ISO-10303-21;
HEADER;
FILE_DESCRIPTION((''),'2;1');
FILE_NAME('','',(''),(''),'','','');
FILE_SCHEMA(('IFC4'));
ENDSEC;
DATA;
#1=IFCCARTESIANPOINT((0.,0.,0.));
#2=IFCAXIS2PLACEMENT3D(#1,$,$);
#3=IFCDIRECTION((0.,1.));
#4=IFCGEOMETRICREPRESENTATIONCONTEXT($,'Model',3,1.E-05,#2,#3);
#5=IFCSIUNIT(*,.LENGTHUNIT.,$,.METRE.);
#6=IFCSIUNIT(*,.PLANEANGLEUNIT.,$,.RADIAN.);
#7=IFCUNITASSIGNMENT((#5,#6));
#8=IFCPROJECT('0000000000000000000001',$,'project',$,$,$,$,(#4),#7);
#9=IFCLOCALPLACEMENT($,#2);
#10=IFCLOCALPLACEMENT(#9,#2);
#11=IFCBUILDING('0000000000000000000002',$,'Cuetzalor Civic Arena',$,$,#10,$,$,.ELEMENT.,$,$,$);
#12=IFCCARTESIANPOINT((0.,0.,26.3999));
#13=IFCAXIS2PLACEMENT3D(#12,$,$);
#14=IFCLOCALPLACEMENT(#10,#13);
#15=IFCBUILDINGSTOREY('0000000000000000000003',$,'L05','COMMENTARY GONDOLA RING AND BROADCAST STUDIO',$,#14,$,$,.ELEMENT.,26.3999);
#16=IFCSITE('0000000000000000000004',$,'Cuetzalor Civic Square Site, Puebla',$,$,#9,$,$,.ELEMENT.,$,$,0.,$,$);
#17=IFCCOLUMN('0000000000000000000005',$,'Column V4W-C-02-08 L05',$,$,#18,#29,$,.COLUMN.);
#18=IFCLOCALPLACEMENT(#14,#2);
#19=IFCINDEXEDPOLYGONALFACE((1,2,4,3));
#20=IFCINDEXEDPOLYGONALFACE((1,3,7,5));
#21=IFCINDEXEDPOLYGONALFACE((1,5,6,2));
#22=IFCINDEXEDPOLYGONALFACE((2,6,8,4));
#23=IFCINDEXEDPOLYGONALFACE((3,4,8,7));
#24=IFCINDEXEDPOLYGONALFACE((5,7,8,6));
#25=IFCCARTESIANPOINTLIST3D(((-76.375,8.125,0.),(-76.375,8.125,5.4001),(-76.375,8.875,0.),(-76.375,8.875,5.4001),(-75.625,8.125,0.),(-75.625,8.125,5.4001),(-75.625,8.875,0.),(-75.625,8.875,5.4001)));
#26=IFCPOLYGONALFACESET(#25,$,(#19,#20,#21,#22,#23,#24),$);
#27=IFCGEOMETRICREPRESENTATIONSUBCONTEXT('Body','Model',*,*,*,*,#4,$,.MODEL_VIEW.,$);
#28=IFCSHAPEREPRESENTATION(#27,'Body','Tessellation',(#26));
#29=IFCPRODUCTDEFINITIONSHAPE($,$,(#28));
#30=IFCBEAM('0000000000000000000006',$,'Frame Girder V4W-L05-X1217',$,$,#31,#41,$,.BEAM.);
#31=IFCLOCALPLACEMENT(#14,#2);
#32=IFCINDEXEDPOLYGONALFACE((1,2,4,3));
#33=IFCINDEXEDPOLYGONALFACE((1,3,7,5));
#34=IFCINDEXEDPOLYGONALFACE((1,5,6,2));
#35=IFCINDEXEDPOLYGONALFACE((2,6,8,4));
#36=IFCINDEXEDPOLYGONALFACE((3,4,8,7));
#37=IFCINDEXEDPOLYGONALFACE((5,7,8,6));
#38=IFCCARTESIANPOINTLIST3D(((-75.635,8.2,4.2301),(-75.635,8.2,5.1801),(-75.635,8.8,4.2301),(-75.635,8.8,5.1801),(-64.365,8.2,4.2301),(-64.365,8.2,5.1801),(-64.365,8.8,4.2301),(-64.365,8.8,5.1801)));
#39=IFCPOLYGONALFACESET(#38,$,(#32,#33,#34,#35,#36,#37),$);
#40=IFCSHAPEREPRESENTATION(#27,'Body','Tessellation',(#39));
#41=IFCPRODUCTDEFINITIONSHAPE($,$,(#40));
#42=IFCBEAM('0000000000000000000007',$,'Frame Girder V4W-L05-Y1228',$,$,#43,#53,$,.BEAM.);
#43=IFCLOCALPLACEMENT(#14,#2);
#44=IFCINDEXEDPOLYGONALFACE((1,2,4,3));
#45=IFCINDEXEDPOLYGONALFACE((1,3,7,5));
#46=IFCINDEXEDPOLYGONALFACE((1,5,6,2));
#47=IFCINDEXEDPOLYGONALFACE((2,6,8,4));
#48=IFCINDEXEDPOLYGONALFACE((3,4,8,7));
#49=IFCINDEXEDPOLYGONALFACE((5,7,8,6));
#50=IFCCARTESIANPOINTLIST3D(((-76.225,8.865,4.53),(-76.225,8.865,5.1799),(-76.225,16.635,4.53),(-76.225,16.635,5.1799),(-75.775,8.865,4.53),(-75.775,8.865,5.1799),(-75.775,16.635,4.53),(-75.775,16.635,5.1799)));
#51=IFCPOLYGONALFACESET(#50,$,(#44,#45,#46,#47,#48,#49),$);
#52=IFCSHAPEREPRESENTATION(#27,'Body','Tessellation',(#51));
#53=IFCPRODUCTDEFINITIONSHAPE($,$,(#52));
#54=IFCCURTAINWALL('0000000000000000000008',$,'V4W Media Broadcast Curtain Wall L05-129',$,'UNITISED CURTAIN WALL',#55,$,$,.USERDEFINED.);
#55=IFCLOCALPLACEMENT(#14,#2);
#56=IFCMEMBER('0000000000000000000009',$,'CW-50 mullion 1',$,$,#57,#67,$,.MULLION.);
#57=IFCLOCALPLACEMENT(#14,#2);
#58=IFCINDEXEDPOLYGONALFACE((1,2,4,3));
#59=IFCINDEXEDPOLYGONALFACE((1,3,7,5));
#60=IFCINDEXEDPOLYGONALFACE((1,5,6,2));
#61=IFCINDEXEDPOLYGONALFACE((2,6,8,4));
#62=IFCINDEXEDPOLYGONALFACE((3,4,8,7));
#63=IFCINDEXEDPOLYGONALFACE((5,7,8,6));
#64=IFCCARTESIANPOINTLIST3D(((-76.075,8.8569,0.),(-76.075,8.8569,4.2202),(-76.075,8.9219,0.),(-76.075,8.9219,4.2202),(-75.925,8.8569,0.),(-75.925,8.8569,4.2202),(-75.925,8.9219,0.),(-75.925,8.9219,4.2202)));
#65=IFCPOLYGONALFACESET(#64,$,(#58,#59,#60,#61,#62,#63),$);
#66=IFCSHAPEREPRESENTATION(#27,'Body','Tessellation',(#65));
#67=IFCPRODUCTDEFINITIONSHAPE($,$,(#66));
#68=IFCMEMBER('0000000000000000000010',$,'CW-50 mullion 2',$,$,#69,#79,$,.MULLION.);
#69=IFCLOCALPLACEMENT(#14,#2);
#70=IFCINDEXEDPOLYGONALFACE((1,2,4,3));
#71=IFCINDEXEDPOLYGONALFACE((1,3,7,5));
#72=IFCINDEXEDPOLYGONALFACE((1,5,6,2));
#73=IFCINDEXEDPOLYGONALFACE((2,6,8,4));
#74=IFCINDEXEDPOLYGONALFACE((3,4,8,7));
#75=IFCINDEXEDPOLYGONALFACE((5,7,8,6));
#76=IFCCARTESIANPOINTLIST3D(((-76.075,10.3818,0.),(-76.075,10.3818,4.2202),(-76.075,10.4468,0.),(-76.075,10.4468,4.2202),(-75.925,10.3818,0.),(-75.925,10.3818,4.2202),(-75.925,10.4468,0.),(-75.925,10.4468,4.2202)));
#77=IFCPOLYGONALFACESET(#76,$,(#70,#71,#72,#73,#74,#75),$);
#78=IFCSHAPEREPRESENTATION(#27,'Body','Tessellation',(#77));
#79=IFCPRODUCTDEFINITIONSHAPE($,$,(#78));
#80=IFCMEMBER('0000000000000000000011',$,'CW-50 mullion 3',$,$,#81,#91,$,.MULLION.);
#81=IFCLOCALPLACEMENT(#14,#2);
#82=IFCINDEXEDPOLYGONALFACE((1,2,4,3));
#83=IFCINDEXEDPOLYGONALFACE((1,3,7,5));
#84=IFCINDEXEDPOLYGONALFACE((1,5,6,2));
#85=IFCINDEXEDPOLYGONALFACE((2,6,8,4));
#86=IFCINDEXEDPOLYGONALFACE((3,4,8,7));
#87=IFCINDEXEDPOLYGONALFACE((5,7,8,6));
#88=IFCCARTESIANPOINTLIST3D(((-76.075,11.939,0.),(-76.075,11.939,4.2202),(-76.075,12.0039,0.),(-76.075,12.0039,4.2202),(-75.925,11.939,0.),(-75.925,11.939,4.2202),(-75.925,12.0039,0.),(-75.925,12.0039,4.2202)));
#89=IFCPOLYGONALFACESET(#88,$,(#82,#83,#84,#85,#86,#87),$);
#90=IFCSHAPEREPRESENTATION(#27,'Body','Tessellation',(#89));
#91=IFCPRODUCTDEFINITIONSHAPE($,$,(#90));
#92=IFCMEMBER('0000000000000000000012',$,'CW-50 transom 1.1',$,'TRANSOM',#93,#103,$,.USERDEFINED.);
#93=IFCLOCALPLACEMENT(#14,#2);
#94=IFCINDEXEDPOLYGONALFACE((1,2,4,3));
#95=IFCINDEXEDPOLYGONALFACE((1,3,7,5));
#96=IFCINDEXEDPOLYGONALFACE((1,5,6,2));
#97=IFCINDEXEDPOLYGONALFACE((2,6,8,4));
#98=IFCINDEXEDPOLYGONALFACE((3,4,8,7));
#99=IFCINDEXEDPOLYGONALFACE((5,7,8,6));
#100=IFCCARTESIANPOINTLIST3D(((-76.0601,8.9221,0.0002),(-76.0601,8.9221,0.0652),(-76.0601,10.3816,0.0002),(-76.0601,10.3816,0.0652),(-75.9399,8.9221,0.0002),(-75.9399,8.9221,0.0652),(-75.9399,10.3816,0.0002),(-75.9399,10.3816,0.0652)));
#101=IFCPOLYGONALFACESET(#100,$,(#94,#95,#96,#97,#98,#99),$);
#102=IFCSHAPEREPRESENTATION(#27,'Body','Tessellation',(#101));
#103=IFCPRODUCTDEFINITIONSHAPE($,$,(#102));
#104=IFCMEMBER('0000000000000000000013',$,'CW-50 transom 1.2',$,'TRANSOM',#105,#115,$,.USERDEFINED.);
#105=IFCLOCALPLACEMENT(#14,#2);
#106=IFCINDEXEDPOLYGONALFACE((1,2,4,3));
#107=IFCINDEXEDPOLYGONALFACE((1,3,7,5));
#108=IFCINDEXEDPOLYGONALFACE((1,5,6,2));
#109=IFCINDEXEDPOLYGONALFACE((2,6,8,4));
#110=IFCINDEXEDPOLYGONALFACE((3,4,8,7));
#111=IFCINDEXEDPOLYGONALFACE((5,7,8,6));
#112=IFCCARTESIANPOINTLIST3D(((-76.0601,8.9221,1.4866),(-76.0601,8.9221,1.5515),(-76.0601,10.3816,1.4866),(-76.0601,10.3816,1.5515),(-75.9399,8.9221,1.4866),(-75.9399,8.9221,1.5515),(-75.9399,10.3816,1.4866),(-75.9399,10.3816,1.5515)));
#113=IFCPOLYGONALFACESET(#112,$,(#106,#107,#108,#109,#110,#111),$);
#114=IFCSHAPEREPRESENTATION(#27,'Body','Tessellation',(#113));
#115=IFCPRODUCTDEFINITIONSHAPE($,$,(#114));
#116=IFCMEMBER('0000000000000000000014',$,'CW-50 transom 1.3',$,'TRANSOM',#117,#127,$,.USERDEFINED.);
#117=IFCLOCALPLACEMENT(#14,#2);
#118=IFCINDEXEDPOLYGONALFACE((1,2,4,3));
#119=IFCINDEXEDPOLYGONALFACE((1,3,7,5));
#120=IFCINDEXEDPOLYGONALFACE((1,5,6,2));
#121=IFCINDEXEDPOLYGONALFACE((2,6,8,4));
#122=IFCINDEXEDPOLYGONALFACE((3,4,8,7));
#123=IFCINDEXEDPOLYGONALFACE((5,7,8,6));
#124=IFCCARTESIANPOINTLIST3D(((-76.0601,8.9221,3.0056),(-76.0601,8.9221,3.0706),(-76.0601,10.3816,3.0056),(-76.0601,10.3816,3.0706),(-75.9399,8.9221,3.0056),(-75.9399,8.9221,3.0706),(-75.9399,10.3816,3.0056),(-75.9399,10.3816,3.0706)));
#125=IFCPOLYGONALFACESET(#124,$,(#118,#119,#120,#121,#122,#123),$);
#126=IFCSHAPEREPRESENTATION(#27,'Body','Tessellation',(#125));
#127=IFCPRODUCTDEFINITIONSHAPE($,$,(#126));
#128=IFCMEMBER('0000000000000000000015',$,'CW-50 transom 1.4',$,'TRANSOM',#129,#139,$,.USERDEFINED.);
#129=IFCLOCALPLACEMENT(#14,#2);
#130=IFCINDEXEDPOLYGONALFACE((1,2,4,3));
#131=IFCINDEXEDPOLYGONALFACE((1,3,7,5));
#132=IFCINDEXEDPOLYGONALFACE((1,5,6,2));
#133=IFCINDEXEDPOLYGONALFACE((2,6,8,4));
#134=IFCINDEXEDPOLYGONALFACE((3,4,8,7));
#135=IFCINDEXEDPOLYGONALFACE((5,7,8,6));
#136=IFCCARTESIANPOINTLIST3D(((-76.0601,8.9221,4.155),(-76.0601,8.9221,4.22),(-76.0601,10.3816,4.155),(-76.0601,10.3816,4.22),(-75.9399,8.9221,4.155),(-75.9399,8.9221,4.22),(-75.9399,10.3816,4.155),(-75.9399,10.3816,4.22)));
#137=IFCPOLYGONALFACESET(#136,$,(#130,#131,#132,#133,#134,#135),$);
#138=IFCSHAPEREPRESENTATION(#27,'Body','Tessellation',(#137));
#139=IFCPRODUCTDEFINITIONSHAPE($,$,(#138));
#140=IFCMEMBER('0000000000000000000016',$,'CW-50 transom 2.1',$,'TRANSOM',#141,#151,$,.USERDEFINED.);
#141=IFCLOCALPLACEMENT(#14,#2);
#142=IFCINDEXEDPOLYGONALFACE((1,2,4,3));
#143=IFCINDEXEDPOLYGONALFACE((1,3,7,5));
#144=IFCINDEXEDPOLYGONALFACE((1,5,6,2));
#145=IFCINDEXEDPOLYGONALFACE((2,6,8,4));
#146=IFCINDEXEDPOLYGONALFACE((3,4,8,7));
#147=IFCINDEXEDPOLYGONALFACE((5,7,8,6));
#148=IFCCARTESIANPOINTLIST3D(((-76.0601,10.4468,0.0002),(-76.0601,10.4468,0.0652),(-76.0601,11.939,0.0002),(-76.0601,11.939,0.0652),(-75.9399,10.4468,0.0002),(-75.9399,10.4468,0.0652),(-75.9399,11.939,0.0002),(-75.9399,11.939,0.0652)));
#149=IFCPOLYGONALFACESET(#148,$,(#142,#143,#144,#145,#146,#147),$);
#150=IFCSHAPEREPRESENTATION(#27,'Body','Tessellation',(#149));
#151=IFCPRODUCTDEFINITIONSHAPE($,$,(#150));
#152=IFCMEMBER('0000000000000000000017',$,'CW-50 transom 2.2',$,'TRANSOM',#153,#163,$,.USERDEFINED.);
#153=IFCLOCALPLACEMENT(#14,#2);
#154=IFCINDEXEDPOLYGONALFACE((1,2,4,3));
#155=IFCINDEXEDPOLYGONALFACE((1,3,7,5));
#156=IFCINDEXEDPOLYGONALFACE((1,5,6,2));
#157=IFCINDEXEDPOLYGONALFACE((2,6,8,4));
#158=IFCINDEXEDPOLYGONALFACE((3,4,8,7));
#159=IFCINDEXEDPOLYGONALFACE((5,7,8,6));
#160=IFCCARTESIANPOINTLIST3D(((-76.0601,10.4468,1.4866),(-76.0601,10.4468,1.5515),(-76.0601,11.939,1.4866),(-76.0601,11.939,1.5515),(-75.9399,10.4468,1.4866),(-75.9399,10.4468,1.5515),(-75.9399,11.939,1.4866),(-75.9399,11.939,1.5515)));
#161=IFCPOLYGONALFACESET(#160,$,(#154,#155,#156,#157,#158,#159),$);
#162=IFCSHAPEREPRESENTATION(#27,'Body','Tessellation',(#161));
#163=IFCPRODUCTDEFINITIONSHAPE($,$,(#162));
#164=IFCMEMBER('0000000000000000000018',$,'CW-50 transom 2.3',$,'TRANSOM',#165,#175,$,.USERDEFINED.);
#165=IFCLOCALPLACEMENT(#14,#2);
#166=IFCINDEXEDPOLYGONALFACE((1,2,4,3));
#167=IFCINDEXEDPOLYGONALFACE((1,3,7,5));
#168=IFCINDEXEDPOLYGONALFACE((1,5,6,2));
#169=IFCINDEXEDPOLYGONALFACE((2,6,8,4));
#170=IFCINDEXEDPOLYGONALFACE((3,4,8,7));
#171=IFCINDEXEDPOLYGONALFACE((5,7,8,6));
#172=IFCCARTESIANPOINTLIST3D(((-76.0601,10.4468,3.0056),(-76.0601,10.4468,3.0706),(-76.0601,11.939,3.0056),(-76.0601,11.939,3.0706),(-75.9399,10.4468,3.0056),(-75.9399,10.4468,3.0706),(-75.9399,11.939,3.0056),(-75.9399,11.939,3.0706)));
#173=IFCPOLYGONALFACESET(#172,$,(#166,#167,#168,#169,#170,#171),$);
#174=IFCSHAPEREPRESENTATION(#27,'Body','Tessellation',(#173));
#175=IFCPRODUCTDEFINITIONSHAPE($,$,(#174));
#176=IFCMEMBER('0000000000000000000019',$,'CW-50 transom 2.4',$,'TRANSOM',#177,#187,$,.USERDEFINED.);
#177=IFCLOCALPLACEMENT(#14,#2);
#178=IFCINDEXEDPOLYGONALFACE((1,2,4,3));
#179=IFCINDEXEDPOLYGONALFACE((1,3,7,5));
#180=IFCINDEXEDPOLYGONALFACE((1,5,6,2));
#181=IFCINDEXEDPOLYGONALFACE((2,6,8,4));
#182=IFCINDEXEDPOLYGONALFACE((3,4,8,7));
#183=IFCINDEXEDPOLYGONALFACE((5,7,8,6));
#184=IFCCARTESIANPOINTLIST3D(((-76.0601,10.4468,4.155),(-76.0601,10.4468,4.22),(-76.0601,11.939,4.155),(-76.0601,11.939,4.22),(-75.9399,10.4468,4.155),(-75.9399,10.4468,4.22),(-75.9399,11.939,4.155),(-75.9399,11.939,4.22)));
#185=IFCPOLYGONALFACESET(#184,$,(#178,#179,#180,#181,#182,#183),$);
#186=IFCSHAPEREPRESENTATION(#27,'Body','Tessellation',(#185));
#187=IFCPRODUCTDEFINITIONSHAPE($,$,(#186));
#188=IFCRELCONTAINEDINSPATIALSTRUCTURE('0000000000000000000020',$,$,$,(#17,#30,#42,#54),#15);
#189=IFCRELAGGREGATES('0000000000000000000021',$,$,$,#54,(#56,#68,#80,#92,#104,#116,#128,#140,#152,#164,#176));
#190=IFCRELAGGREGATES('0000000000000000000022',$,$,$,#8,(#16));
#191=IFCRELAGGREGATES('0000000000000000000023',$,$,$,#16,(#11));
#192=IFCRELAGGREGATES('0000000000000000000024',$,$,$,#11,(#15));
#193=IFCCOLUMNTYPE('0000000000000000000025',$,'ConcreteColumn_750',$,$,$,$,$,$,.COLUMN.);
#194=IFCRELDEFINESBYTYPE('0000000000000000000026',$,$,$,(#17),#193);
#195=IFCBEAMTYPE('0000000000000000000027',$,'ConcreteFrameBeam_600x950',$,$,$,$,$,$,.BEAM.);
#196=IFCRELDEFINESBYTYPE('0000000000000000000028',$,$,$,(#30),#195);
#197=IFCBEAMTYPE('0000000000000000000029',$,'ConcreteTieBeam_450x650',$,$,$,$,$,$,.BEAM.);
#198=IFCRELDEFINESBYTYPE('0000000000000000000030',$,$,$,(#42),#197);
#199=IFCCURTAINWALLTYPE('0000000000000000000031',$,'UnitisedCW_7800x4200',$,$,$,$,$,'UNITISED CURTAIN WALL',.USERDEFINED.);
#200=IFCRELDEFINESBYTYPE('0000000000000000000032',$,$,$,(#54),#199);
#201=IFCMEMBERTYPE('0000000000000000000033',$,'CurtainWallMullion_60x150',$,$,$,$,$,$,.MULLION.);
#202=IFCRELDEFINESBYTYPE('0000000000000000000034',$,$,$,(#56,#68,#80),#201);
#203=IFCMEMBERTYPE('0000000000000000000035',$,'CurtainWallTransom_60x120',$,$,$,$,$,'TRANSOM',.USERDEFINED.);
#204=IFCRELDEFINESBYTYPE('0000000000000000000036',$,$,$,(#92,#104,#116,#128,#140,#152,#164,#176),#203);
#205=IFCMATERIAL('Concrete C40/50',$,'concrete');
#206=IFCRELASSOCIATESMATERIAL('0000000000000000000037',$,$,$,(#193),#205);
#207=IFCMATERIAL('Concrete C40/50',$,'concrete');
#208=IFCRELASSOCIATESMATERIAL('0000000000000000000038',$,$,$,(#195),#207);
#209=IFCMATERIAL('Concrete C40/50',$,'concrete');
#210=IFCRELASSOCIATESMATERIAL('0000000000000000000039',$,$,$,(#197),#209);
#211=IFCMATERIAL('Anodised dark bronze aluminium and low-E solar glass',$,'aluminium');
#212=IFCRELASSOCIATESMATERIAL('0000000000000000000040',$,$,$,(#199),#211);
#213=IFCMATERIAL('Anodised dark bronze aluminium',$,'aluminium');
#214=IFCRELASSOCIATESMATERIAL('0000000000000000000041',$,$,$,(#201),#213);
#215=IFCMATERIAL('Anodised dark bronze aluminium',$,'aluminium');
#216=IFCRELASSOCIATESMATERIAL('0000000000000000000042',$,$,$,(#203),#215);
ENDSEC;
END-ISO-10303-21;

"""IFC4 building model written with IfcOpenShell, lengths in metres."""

from ifc_helpers import new_model, si_unit, direction, frame, origin, origin_2d, place, context, subcontext, project, spatial, rectangle, extrude, material, material_profile, profile_set, type_object, element, aggregate, save


model = new_model("IFC4")

# Units and contexts
model_context = context("Model", 3, precision=1e-05, world=origin(), true_north=direction((0.0, 1.0)))
body_context = subcontext(model_context, "Body", "Model", "MODEL_VIEW")
ifc_project = project(units=[si_unit("LENGTHUNIT", "METRE"), si_unit("PLANEANGLEUNIT", "RADIAN")], contexts=[model_context])

# Site, building, storey
site_placement = place(None, origin())
site = spatial("IfcSite", under=ifc_project, at=site_placement, Name="Cuetzalor Civic Square Site, Puebla", CompositionType="ELEMENT", RefElevation=0.0)
building_placement = place(site_placement, origin())
building = spatial("IfcBuilding", under=site, at=building_placement, Name="Cuetzalor Civic Arena", CompositionType="ELEMENT")
storey_placement = place(building_placement, frame((0.0, 0.0, 26.3999)))
storey = spatial("IfcBuildingStorey", under=building, at=storey_placement, Name="L05", Description="COMMENTARY GONDOLA RING AND BROADCAST STUDIO", CompositionType="ELEMENT", Elevation=26.3999)

# Column
ifc_material_1 = material(Name="Concrete C40/50", Category="concrete")
ifc_material_profile_1 = material_profile(ifc_material_1, rectangle(XDim=0.75, YDim=0.75, at=origin_2d()), Name="RC 750x750")
ifc_profile_set_1 = profile_set([ifc_material_profile_1], Name="Concrete C40/50")
column_type = type_object("IfcColumnType", Name="ConcreteColumn_750", PredefinedType="COLUMN", material=ifc_profile_set_1)
column_placement = place(storey_placement, frame((-76.0, 8.5, 0.0), z_axis=(0.0, 0.0, 1.0), x_axis=(1.0, 0.0, 0.0)))
element("IfcColumn", 1, at=column_placement, inside=storey, type_object=column_type, Name="Column V4W-C-02-08 L05", PredefinedType="COLUMN", context=body_context, shape_type="SweptSolid", body=[
    extrude(rectangle(XDim=0.75, YDim=0.75, at=origin_2d()), origin(), (0.0, 0.0, 1.0), 5.4001),
])

# Beams
ifc_material_2 = material(Name="Concrete C40/50", Category="concrete")
ifc_material_profile_2 = material_profile(ifc_material_2, rectangle(XDim=0.6001, YDim=0.95, at=origin_2d()), Name="RC 600x950")
ifc_profile_set_2 = profile_set([ifc_material_profile_2], Name="Concrete C40/50")
beam_type_1 = type_object("IfcBeamType", Name="ConcreteFrameBeam_600x950", PredefinedType="BEAM", material=ifc_profile_set_2)
beam_1_placement = place(storey_placement, frame((-75.635, 8.5, 4.7051), z_axis=(1.0, 0.0, 0.0), x_axis=(0.0, 1.0, 0.0)))
element("IfcBeam", 2, at=beam_1_placement, inside=storey, type_object=beam_type_1, Name="Frame Girder V4W-L05-X1217", PredefinedType="BEAM", context=body_context, shape_type="SweptSolid", body=[
    extrude(rectangle(XDim=0.6001, YDim=0.95, at=origin_2d()), origin(), (0.0, 0.0, 1.0), 11.27),
])
ifc_material_3 = material(Name="Concrete C40/50", Category="concrete")
ifc_material_profile_3 = material_profile(ifc_material_3, rectangle(XDim=0.45, YDim=0.6499, at=origin_2d()), Name="RC 450x650")
ifc_profile_set_3 = profile_set([ifc_material_profile_3], Name="Concrete C40/50")
beam_type_2 = type_object("IfcBeamType", Name="ConcreteTieBeam_450x650", PredefinedType="BEAM", material=ifc_profile_set_3)
beam_2_placement = place(storey_placement, frame((-76.0, 8.865, 4.855), z_axis=(0.0, 1.0, 0.0), x_axis=(-1.0, 0.0, 0.0)))
element("IfcBeam", 3, at=beam_2_placement, inside=storey, type_object=beam_type_2, Name="Frame Girder V4W-L05-Y1228", PredefinedType="BEAM", context=body_context, shape_type="SweptSolid", body=[
    extrude(rectangle(XDim=0.45, YDim=0.6499, at=origin_2d()), origin(), (0.0, 0.0, 1.0), 7.77),
])

# Curtain wall, members
ifc_material_4 = material(Name="Anodised dark bronze aluminium and low-E solar glass", Category="aluminium")
curtain_wall_type = type_object("IfcCurtainWallType", Name="UnitisedCW_7800x4200", ElementType="UNITISED CURTAIN WALL", PredefinedType="USERDEFINED", material=ifc_material_4)
curtain_wall_placement = place(storey_placement, origin())
curtain_wall = element("IfcCurtainWall", 4, at=curtain_wall_placement, inside=storey, type_object=curtain_wall_type, Name="V4W Media Broadcast Curtain Wall L05-129", ObjectType="UNITISED CURTAIN WALL", PredefinedType="USERDEFINED")
ifc_material_5 = material(Name="Anodised dark bronze aluminium", Category="aluminium")
ifc_material_profile_4 = material_profile(ifc_material_5, rectangle(XDim=0.0649, YDim=0.1499, at=origin_2d()), Name="ALU MULLION 65x150")
ifc_profile_set_4 = profile_set([ifc_material_profile_4], Name="Anodised dark bronze aluminium")
member_type_1 = type_object("IfcMemberType", Name="CurtainWallMullion_60x150", PredefinedType="MULLION", material=ifc_profile_set_4)
member_1_placement = place(storey_placement, frame((-76.0, 8.8894, 0.0), z_axis=(0.0, 0.0, 1.0), x_axis=(0.0, 1.0, 0.0)))
member_1 = element("IfcMember", 5, at=member_1_placement, type_object=member_type_1, Name="CW-50 mullion 1", PredefinedType="MULLION", context=body_context, shape_type="SweptSolid", body=[
    extrude(rectangle(XDim=0.0649, YDim=0.1499, at=origin_2d()), origin(), (0.0, 0.0, 1.0), 4.2202),
])
member_2_placement = place(storey_placement, frame((-76.0, 10.4143, 0.0), z_axis=(0.0, 0.0, 1.0), x_axis=(0.0, 1.0, 0.0)))
member_2 = element("IfcMember", 6, at=member_2_placement, type_object=member_type_1, Name="CW-50 mullion 2", PredefinedType="MULLION", context=body_context, shape_type="SweptSolid", body=[
    extrude(rectangle(XDim=0.0649, YDim=0.1499, at=origin_2d()), origin(), (0.0, 0.0, 1.0), 4.2202),
])
member_3_placement = place(storey_placement, frame((-76.0, 11.9714, 0.0), z_axis=(0.0, 0.0, 1.0), x_axis=(0.0, 1.0, 0.0)))
member_3 = element("IfcMember", 7, at=member_3_placement, type_object=member_type_1, Name="CW-50 mullion 3", PredefinedType="MULLION", context=body_context, shape_type="SweptSolid", body=[
    extrude(rectangle(XDim=0.0649, YDim=0.1499, at=origin_2d()), origin(), (0.0, 0.0, 1.0), 4.2202),
])
ifc_material_6 = material(Name="Anodised dark bronze aluminium", Category="aluminium")
ifc_material_profile_5 = material_profile(ifc_material_6, rectangle(XDim=0.1201, YDim=0.0649, at=origin_2d()), Name="ALU TRANSOM 65x120")
ifc_profile_set_5 = profile_set([ifc_material_profile_5], Name="Anodised dark bronze aluminium")
member_type_2 = type_object("IfcMemberType", Name="CurtainWallTransom_60x120", ElementType="TRANSOM", PredefinedType="USERDEFINED", material=ifc_profile_set_5)
member_4_placement = place(storey_placement, frame((-76.0, 8.9221, 0.0327), z_axis=(0.0, 1.0, 0.0), x_axis=(-1.0, 0.0, 0.0)))
member_4 = element("IfcMember", 8, at=member_4_placement, type_object=member_type_2, Name="CW-50 transom 1.1", ObjectType="TRANSOM", PredefinedType="USERDEFINED", context=body_context, shape_type="SweptSolid", body=[
    extrude(rectangle(XDim=0.1201, YDim=0.0649, at=origin_2d()), origin(), (0.0, 0.0, 1.0), 1.4595),
])
member_5_placement = place(storey_placement, frame((-76.0, 8.9221, 1.519), z_axis=(0.0, 1.0, 0.0), x_axis=(-1.0, 0.0, 0.0)))
member_5 = element("IfcMember", 9, at=member_5_placement, type_object=member_type_2, Name="CW-50 transom 1.2", ObjectType="TRANSOM", PredefinedType="USERDEFINED", context=body_context, shape_type="SweptSolid", body=[
    extrude(rectangle(XDim=0.1201, YDim=0.0649, at=origin_2d()), origin(), (0.0, 0.0, 1.0), 1.4595),
])
member_6_placement = place(storey_placement, frame((-76.0, 8.9221, 3.0381), z_axis=(0.0, 1.0, 0.0), x_axis=(-1.0, 0.0, 0.0)))
member_6 = element("IfcMember", 10, at=member_6_placement, type_object=member_type_2, Name="CW-50 transom 1.3", ObjectType="TRANSOM", PredefinedType="USERDEFINED", context=body_context, shape_type="SweptSolid", body=[
    extrude(rectangle(XDim=0.1201, YDim=0.0649, at=origin_2d()), origin(), (0.0, 0.0, 1.0), 1.4595),
])
member_7_placement = place(storey_placement, frame((-76.0, 8.9221, 4.1875), z_axis=(0.0, 1.0, 0.0), x_axis=(-1.0, 0.0, 0.0)))
member_7 = element("IfcMember", 11, at=member_7_placement, type_object=member_type_2, Name="CW-50 transom 1.4", ObjectType="TRANSOM", PredefinedType="USERDEFINED", context=body_context, shape_type="SweptSolid", body=[
    extrude(rectangle(XDim=0.1201, YDim=0.0649, at=origin_2d()), origin(), (0.0, 0.0, 1.0), 1.4595),
])
member_8_placement = place(storey_placement, frame((-76.0, 10.4468, 0.0327), z_axis=(0.0, 1.0, 0.0), x_axis=(-1.0, 0.0, 0.0)))
member_8 = element("IfcMember", 12, at=member_8_placement, type_object=member_type_2, Name="CW-50 transom 2.1", ObjectType="TRANSOM", PredefinedType="USERDEFINED", context=body_context, shape_type="SweptSolid", body=[
    extrude(rectangle(XDim=0.1201, YDim=0.0649, at=origin_2d()), origin(), (0.0, 0.0, 1.0), 1.4922),
])
member_9_placement = place(storey_placement, frame((-76.0, 10.4468, 1.519), z_axis=(0.0, 1.0, 0.0), x_axis=(-1.0, 0.0, 0.0)))
member_9 = element("IfcMember", 13, at=member_9_placement, type_object=member_type_2, Name="CW-50 transom 2.2", ObjectType="TRANSOM", PredefinedType="USERDEFINED", context=body_context, shape_type="SweptSolid", body=[
    extrude(rectangle(XDim=0.1201, YDim=0.0649, at=origin_2d()), origin(), (0.0, 0.0, 1.0), 1.4922),
])
member_10_placement = place(storey_placement, frame((-76.0, 10.4468, 3.0381), z_axis=(0.0, 1.0, 0.0), x_axis=(-1.0, 0.0, 0.0)))
member_10 = element("IfcMember", 14, at=member_10_placement, type_object=member_type_2, Name="CW-50 transom 2.3", ObjectType="TRANSOM", PredefinedType="USERDEFINED", context=body_context, shape_type="SweptSolid", body=[
    extrude(rectangle(XDim=0.1201, YDim=0.0649, at=origin_2d()), origin(), (0.0, 0.0, 1.0), 1.4922),
])
member_11_placement = place(storey_placement, frame((-76.0, 10.4468, 4.1875), z_axis=(0.0, 1.0, 0.0), x_axis=(-1.0, 0.0, 0.0)))
member_11 = element("IfcMember", 15, at=member_11_placement, type_object=member_type_2, Name="CW-50 transom 2.4", ObjectType="TRANSOM", PredefinedType="USERDEFINED", context=body_context, shape_type="SweptSolid", body=[
    extrude(rectangle(XDim=0.1201, YDim=0.0649, at=origin_2d()), origin(), (0.0, 0.0, 1.0), 1.4922),
])
aggregate(curtain_wall, [member_1, member_2, member_3, member_4, member_5, member_6, member_7, member_8, member_9, member_10, member_11])

save(model, "model.ifc")
